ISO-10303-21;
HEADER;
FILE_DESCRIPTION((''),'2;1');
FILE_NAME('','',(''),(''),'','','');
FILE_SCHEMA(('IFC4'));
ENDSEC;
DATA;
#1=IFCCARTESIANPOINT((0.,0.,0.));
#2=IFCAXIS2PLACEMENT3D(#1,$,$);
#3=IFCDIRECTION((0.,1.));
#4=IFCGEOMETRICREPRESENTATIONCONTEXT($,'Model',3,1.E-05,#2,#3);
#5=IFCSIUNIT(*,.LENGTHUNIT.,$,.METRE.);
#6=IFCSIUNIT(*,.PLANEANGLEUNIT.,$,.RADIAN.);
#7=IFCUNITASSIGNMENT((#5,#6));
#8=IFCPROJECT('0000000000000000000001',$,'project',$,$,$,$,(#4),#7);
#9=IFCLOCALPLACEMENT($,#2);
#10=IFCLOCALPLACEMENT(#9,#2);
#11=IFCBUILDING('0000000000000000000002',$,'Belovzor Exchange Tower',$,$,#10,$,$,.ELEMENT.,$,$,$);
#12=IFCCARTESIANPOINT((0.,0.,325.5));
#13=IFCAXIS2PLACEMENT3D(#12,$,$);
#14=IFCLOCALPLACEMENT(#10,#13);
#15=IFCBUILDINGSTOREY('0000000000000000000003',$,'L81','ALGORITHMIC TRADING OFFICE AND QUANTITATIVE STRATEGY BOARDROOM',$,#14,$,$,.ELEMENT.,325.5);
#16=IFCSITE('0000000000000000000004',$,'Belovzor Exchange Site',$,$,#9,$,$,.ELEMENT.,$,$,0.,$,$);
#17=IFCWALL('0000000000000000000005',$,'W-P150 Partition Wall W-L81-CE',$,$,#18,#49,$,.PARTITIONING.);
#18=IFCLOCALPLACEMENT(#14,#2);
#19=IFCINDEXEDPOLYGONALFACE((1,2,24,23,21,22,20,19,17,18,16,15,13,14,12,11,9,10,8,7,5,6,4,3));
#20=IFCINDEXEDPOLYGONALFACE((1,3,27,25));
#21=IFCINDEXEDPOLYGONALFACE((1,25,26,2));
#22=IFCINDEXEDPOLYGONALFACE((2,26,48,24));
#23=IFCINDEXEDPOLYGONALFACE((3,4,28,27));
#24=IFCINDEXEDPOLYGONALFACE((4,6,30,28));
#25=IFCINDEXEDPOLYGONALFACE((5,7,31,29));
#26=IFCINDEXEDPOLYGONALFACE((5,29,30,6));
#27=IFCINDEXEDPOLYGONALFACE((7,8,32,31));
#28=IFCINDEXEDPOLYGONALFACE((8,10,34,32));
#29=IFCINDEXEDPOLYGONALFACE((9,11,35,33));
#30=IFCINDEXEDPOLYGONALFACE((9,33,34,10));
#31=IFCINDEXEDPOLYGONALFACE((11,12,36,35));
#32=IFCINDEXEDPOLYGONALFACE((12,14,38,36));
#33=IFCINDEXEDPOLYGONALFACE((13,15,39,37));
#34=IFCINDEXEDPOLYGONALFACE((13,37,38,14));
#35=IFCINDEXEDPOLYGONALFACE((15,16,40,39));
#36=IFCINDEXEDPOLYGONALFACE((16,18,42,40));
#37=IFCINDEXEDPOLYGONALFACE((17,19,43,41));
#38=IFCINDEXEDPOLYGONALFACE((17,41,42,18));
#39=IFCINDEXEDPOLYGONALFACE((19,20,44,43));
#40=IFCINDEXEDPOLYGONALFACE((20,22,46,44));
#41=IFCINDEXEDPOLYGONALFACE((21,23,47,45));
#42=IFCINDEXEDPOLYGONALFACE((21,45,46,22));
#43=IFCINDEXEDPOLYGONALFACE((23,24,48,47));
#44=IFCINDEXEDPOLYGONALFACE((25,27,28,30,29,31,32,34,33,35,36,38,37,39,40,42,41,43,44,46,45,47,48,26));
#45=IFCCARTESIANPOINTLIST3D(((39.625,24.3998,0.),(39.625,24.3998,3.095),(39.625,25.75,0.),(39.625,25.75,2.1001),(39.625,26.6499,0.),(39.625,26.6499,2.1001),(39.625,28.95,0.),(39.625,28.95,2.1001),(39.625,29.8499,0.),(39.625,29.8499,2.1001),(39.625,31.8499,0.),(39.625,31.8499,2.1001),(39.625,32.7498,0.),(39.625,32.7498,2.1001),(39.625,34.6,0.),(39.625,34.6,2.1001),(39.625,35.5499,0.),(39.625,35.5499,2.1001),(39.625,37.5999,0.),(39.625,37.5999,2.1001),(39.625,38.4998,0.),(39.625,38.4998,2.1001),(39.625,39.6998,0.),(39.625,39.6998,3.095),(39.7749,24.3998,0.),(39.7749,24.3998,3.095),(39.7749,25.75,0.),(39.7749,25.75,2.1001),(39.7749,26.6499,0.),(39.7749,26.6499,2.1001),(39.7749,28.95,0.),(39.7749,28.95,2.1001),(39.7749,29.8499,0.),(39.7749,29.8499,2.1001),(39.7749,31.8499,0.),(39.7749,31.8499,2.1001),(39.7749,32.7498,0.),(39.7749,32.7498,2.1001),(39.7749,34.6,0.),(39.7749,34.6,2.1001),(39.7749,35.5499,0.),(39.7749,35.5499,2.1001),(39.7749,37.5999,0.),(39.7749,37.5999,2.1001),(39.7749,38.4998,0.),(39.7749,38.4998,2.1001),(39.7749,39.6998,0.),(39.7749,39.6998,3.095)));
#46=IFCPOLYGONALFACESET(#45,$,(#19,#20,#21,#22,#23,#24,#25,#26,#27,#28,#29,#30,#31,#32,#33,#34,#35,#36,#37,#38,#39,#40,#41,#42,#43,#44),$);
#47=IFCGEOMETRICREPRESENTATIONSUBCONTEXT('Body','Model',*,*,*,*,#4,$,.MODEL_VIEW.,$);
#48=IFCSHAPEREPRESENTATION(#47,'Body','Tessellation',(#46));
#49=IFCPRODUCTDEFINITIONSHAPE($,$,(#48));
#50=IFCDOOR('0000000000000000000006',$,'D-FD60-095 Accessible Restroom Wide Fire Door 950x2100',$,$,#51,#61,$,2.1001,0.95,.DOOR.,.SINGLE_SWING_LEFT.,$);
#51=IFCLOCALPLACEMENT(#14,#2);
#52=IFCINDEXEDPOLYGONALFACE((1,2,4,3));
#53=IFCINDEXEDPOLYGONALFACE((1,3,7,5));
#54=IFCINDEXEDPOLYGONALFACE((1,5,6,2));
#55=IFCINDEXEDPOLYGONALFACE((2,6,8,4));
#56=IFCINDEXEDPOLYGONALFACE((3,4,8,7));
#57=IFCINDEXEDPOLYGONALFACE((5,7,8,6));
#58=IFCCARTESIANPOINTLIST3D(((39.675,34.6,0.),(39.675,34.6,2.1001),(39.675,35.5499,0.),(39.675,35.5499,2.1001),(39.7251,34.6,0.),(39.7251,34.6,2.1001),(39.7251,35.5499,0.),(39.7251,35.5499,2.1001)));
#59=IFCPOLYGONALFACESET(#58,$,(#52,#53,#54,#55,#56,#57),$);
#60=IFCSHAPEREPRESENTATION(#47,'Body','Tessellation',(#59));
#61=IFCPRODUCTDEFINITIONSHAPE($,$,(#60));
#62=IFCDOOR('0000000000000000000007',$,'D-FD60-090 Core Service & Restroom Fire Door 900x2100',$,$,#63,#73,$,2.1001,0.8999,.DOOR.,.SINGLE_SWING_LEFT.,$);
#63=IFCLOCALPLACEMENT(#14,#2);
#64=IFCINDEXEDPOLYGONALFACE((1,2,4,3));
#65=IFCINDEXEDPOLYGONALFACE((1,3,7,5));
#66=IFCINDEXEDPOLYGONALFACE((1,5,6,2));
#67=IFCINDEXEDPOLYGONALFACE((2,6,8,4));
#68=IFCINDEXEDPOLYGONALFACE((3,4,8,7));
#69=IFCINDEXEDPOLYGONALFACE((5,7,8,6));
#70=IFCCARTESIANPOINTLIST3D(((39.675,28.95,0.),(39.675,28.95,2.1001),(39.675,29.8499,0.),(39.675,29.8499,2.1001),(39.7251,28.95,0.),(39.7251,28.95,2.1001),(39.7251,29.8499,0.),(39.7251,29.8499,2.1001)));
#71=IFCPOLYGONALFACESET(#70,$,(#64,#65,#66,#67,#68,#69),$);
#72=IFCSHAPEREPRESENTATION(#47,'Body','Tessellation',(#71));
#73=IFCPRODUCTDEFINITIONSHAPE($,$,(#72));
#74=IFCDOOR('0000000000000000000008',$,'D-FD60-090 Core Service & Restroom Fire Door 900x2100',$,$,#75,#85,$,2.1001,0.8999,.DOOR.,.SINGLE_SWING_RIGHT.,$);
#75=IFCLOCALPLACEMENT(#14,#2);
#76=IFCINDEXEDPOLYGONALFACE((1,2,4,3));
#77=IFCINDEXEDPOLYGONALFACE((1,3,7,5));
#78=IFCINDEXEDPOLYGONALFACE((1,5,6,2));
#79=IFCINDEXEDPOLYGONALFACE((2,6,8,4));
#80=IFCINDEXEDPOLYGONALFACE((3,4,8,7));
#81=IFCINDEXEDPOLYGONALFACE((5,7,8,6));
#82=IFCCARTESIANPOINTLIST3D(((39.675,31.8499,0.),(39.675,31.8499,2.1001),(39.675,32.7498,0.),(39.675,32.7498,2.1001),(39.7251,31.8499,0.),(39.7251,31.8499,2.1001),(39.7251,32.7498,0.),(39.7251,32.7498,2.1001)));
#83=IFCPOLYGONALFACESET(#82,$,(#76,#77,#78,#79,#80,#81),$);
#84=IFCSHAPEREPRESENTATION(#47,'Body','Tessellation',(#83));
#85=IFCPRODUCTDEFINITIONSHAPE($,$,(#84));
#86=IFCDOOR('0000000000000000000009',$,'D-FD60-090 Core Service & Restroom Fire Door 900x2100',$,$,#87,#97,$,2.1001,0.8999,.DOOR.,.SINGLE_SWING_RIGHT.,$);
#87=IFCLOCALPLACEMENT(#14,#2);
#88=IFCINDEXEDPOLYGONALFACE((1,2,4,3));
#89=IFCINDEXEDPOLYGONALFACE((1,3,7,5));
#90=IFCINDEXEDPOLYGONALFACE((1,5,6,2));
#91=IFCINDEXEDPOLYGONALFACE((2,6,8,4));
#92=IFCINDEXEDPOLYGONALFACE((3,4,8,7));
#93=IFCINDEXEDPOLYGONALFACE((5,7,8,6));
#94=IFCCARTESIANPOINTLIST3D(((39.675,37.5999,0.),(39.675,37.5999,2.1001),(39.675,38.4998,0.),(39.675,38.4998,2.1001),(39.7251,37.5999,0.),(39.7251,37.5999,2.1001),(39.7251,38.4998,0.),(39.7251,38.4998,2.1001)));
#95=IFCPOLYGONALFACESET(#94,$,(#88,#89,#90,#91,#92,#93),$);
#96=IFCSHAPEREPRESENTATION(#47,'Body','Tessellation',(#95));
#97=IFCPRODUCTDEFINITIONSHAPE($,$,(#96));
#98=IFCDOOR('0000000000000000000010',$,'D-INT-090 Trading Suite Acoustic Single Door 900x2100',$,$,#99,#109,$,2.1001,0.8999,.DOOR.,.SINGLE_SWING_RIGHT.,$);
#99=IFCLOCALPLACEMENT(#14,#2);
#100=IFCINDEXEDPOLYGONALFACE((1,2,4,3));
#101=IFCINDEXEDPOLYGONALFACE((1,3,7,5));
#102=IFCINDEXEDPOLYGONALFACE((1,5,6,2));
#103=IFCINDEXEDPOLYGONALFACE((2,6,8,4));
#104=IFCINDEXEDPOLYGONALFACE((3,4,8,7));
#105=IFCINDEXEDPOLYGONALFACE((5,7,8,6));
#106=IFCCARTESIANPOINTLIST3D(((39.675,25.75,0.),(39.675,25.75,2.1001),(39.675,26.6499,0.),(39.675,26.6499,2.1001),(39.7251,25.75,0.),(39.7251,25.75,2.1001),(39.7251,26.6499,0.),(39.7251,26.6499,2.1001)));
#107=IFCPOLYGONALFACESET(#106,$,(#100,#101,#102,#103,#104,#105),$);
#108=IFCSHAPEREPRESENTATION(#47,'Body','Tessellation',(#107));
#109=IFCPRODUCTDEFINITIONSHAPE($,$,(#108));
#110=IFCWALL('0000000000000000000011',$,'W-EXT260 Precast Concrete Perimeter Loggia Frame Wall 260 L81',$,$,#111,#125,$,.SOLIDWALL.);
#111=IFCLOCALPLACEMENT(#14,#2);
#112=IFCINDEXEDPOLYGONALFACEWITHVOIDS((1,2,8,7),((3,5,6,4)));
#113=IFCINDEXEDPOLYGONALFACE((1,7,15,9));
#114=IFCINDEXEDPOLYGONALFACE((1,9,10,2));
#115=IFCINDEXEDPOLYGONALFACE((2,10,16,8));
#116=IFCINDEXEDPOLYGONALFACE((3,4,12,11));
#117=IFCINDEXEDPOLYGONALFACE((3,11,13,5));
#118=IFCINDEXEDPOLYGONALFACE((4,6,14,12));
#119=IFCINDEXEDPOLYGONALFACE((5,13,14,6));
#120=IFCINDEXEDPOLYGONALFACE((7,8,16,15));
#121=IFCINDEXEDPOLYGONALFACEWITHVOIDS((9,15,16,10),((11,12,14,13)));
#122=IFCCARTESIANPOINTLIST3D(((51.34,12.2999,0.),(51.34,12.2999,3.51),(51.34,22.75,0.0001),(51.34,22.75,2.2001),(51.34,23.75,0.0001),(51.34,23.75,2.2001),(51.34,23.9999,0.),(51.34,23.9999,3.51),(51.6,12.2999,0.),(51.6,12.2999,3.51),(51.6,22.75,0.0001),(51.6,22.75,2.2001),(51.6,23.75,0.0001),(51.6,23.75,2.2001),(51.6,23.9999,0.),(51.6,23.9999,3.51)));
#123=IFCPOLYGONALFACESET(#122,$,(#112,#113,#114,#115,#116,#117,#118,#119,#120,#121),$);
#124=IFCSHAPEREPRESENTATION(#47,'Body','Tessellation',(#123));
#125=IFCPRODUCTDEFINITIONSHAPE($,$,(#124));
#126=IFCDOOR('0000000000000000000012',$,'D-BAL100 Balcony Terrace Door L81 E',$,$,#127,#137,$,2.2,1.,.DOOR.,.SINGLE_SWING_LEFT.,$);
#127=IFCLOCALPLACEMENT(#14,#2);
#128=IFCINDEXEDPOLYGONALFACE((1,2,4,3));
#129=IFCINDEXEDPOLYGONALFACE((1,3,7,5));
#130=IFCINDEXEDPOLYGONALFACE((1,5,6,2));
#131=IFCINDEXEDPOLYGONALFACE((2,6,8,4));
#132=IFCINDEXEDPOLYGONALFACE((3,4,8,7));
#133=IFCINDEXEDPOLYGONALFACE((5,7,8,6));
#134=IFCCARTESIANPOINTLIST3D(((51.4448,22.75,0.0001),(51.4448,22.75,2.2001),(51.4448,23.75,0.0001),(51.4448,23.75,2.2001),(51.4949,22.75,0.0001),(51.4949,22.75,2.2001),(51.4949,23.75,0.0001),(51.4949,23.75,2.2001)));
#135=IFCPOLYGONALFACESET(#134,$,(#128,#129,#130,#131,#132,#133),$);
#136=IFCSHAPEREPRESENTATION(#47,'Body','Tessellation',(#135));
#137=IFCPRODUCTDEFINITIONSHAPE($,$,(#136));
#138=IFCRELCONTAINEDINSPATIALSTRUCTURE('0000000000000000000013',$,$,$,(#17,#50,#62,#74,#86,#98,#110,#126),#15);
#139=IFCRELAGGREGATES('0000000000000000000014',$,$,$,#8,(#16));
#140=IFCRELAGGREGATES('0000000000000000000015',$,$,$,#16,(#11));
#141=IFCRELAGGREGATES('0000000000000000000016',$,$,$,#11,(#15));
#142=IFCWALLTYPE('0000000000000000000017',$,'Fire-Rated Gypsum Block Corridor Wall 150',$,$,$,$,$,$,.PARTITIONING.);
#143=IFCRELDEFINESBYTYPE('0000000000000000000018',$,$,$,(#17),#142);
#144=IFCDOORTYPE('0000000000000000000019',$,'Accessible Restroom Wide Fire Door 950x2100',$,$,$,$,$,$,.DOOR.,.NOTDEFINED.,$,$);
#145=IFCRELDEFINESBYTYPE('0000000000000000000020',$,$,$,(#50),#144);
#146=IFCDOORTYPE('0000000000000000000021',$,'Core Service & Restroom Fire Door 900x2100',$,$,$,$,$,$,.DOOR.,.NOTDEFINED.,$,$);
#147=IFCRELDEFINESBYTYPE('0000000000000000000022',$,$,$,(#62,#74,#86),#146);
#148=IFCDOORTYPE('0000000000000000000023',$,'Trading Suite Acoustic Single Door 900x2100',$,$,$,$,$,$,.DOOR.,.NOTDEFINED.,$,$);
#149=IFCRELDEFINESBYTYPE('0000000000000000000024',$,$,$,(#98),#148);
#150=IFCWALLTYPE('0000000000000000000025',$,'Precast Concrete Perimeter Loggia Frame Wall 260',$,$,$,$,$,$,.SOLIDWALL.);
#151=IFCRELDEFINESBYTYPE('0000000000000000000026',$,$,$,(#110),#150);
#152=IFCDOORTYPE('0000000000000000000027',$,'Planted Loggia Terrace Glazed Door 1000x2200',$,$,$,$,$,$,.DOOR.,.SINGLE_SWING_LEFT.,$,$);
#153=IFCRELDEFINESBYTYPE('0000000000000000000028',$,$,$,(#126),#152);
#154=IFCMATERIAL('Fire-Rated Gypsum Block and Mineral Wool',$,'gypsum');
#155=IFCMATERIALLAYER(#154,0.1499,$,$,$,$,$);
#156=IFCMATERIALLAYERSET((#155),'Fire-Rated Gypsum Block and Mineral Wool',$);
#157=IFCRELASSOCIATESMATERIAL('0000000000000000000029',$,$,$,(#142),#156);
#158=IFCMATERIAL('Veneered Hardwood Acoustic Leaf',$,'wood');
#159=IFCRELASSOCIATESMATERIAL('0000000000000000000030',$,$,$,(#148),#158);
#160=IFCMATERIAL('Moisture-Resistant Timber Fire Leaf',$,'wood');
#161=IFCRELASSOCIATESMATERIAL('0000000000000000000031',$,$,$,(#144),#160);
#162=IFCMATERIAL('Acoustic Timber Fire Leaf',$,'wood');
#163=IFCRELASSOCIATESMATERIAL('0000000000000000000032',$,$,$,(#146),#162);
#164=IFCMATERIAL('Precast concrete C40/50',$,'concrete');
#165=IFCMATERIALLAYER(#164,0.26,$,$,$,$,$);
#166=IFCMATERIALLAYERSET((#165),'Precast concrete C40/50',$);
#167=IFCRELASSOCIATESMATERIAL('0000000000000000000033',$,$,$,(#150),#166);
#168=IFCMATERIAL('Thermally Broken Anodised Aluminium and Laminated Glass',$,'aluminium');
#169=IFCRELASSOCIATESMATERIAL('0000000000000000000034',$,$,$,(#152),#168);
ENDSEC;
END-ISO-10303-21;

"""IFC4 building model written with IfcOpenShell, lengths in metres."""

from ifc_helpers import new_model, si_unit, direction, frame, frame_2d, origin, place, context, subcontext, project, spatial, rectangle, extrude, material, layer, layer_set, type_object, element, fill, save


model = new_model("IFC4")

# Units and contexts
model_context = context("Model", 3, precision=1e-05, world=origin(), true_north=direction((0.0, 1.0)))
body_context = subcontext(model_context, "Body", "Model", "MODEL_VIEW")
ifc_project = project(units=[si_unit("LENGTHUNIT", "METRE"), si_unit("PLANEANGLEUNIT", "RADIAN")], contexts=[model_context])

# Site, building, storey
site_placement = place(None, origin())
site = spatial("IfcSite", under=ifc_project, at=site_placement, Name="Belovzor Exchange Site", CompositionType="ELEMENT", RefElevation=0.0)
building_placement = place(site_placement, origin())
building = spatial("IfcBuilding", under=site, at=building_placement, Name="Belovzor Exchange Tower", CompositionType="ELEMENT")
storey_placement = place(building_placement, frame((0.0, 0.0, 325.5)))
storey = spatial("IfcBuildingStorey", under=building, at=storey_placement, Name="L81", Description="ALGORITHMIC TRADING OFFICE AND QUANTITATIVE STRATEGY BOARDROOM", CompositionType="ELEMENT", Elevation=325.5)

# Shared definitions
ifc_material_1 = material(Name="Fire-Rated Gypsum Block and Mineral Wool", Category="gypsum")
ifc_layer_1 = layer(ifc_material_1, 0.1499)
ifc_layer_set_1 = layer_set([ifc_layer_1], Name="Fire-Rated Gypsum Block and Mineral Wool")
wall_type_1 = type_object("IfcWallType", Name="Fire-Rated Gypsum Block Corridor Wall 150", PredefinedType="PARTITIONING", material=ifc_layer_set_1)
ifc_material_2 = material(Name="Veneered Hardwood Acoustic Leaf", Category="wood")
door_type_1 = type_object("IfcDoorType", Name="Trading Suite Acoustic Single Door 900x2100", OperationType="NOTDEFINED", PredefinedType="DOOR", material=ifc_material_2)

# Wall, openings, doors
wall_1_placement = place(storey_placement, frame((39.7, 24.3999, 0.0), z_axis=(0.0, 0.0, 1.0), x_axis=(0.0, 1.0, 0.0)))
wall_1 = element("IfcWall", 1, at=wall_1_placement, inside=storey, type_object=wall_type_1, Name="W-P150 Partition Wall W-L81-CE", PredefinedType="PARTITIONING", context=body_context, shape_type="SweptSolid", body=[
    extrude(rectangle(XDim=15.3, YDim=0.1499, at=frame_2d((7.6499, 0.0))), origin(), (0.0, 0.0, 1.0), 3.095),
])
opening_1_placement = place(wall_1_placement, frame((1.3501, 0.0, 0.0)))
opening_1 = element("IfcOpeningElement", 2, at=opening_1_placement, cuts=wall_1, PredefinedType="OPENING", context=body_context, shape_type="SweptSolid", body=[
    extrude(rectangle(XDim=0.8999, YDim=2.1001, at=frame_2d((0.45, 1.05))), frame((0.0, 0.085, 0.0), z_axis=(0.0, -1.0, 0.0), x_axis=(1.0, 0.0, 0.0)), (0.0, 0.0, 1.0), 0.1699),
])
opening_2_placement = place(wall_1_placement, frame((4.55, 0.0, 0.0)))
opening_2 = element("IfcOpeningElement", 3, at=opening_2_placement, cuts=wall_1, PredefinedType="OPENING", context=body_context, shape_type="SweptSolid", body=[
    extrude(rectangle(XDim=0.8999, YDim=2.1001, at=frame_2d((0.45, 1.05))), frame((0.0, 0.085, 0.0), z_axis=(0.0, -1.0, 0.0), x_axis=(1.0, 0.0, 0.0)), (0.0, 0.0, 1.0), 0.1699),
])
opening_3_placement = place(wall_1_placement, frame((7.45, 0.0, 0.0)))
opening_3 = element("IfcOpeningElement", 4, at=opening_3_placement, cuts=wall_1, PredefinedType="OPENING", context=body_context, shape_type="SweptSolid", body=[
    extrude(rectangle(XDim=0.8999, YDim=2.1001, at=frame_2d((0.45, 1.05))), frame((0.0, 0.085, 0.0), z_axis=(0.0, -1.0, 0.0), x_axis=(1.0, 0.0, 0.0)), (0.0, 0.0, 1.0), 0.1699),
])
opening_4_placement = place(wall_1_placement, frame((10.2, 0.0, 0.0)))
opening_4 = element("IfcOpeningElement", 5, at=opening_4_placement, cuts=wall_1, PredefinedType="OPENING", context=body_context, shape_type="SweptSolid", body=[
    extrude(rectangle(XDim=0.95, YDim=2.1001, at=frame_2d((0.4751, 1.05))), frame((0.0, 0.085, 0.0), z_axis=(0.0, -1.0, 0.0), x_axis=(1.0, 0.0, 0.0)), (0.0, 0.0, 1.0), 0.1699),
])
opening_5_placement = place(wall_1_placement, frame((13.2, 0.0, 0.0)))
opening_5 = element("IfcOpeningElement", 6, at=opening_5_placement, cuts=wall_1, PredefinedType="OPENING", context=body_context, shape_type="SweptSolid", body=[
    extrude(rectangle(XDim=0.8999, YDim=2.1001, at=frame_2d((0.45, 1.05))), frame((0.0, 0.085, 0.0), z_axis=(0.0, -1.0, 0.0), x_axis=(1.0, 0.0, 0.0)), (0.0, 0.0, 1.0), 0.1699),
])
ifc_material_3 = material(Name="Moisture-Resistant Timber Fire Leaf", Category="wood")
door_type_2 = type_object("IfcDoorType", Name="Accessible Restroom Wide Fire Door 950x2100", OperationType="NOTDEFINED", PredefinedType="DOOR", material=ifc_material_3)
door_1_placement = place(opening_4_placement, origin())
door_1 = element("IfcDoor", 7, at=door_1_placement, inside=storey, type_object=door_type_2, Name="D-FD60-095 Accessible Restroom Wide Fire Door 950x2100", OperationType="SINGLE_SWING_LEFT", OverallHeight=2.1001, OverallWidth=0.95, PredefinedType="DOOR", context=body_context, shape_type="SweptSolid", body=[
    extrude(rectangle(XDim=0.95, YDim=2.1001, at=frame_2d((0.4751, 1.05))), frame((0.0, 0.0249, 0.0), z_axis=(0.0, -1.0, 0.0), x_axis=(1.0, 0.0, 0.0)), (0.0, 0.0, 1.0), 0.05),
])
fill(opening_4, door_1)
ifc_material_4 = material(Name="Acoustic Timber Fire Leaf", Category="wood")
door_type_3 = type_object("IfcDoorType", Name="Core Service & Restroom Fire Door 900x2100", OperationType="NOTDEFINED", PredefinedType="DOOR", material=ifc_material_4)
door_2_placement = place(opening_2_placement, origin())
door_2 = element("IfcDoor", 8, at=door_2_placement, inside=storey, type_object=door_type_3, Name="D-FD60-090 Core Service & Restroom Fire Door 900x2100", OperationType="SINGLE_SWING_LEFT", OverallHeight=2.1001, OverallWidth=0.8999, PredefinedType="DOOR", context=body_context, shape_type="SweptSolid", body=[
    extrude(rectangle(XDim=0.8999, YDim=2.1001, at=frame_2d((0.45, 1.05))), frame((0.0, 0.0249, 0.0), z_axis=(0.0, -1.0, 0.0), x_axis=(1.0, 0.0, 0.0)), (0.0, 0.0, 1.0), 0.05),
])
fill(opening_2, door_2)
door_3_placement = place(opening_3_placement, origin())
door_3 = element("IfcDoor", 9, at=door_3_placement, inside=storey, type_object=door_type_3, Name="D-FD60-090 Core Service & Restroom Fire Door 900x2100", OperationType="SINGLE_SWING_RIGHT", OverallHeight=2.1001, OverallWidth=0.8999, PredefinedType="DOOR", context=body_context, shape_type="SweptSolid", body=[
    extrude(rectangle(XDim=0.8999, YDim=2.1001, at=frame_2d((0.45, 1.05))), frame((0.0, 0.0249, 0.0), z_axis=(0.0, -1.0, 0.0), x_axis=(1.0, 0.0, 0.0)), (0.0, 0.0, 1.0), 0.05),
])
fill(opening_3, door_3)
door_4_placement = place(opening_5_placement, origin())
door_4 = element("IfcDoor", 10, at=door_4_placement, inside=storey, type_object=door_type_3, Name="D-FD60-090 Core Service & Restroom Fire Door 900x2100", OperationType="SINGLE_SWING_RIGHT", OverallHeight=2.1001, OverallWidth=0.8999, PredefinedType="DOOR", context=body_context, shape_type="SweptSolid", body=[
    extrude(rectangle(XDim=0.8999, YDim=2.1001, at=frame_2d((0.45, 1.05))), frame((0.0, 0.0249, 0.0), z_axis=(0.0, -1.0, 0.0), x_axis=(1.0, 0.0, 0.0)), (0.0, 0.0, 1.0), 0.05),
])
fill(opening_5, door_4)
door_5_placement = place(opening_1_placement, origin())
door_5 = element("IfcDoor", 11, at=door_5_placement, inside=storey, type_object=door_type_1, Name="D-INT-090 Trading Suite Acoustic Single Door 900x2100", OperationType="SINGLE_SWING_RIGHT", OverallHeight=2.1001, OverallWidth=0.8999, PredefinedType="DOOR", context=body_context, shape_type="SweptSolid", body=[
    extrude(rectangle(XDim=0.8999, YDim=2.1001, at=frame_2d((0.45, 1.05))), frame((0.0, 0.0249, 0.0), z_axis=(0.0, -1.0, 0.0), x_axis=(1.0, 0.0, 0.0)), (0.0, 0.0, 1.0), 0.05),
])
fill(opening_1, door_5)

# Wall, opening, door
ifc_material_5 = material(Name="Precast concrete C40/50", Category="concrete")
ifc_layer_2 = layer(ifc_material_5, 0.26)
ifc_layer_set_2 = layer_set([ifc_layer_2], Name="Precast concrete C40/50")
wall_type_2 = type_object("IfcWallType", Name="Precast Concrete Perimeter Loggia Frame Wall 260", PredefinedType="SOLIDWALL", material=ifc_layer_set_2)
wall_2_placement = place(storey_placement, frame((51.47, 24.0, 0.0), z_axis=(0.0, 0.0, 1.0), x_axis=(0.0, -1.0, 0.0)))
wall_2 = element("IfcWall", 12, at=wall_2_placement, inside=storey, type_object=wall_type_2, Name="W-EXT260 Precast Concrete Perimeter Loggia Frame Wall 260 L81", PredefinedType="SOLIDWALL", context=body_context, shape_type="SweptSolid", body=[
    extrude(rectangle(XDim=11.7, YDim=0.26, at=frame_2d((5.8501, 0.0))), origin(), (0.0, 0.0, 1.0), 3.51),
])
opening_6_placement = place(wall_2_placement, frame((0.25, 0.0, 0.0)))
opening_6 = element("IfcOpeningElement", 13, at=opening_6_placement, cuts=wall_2, PredefinedType="OPENING", context=body_context, shape_type="SweptSolid", body=[
    extrude(rectangle(XDim=1.0, YDim=2.2, at=frame_2d((0.5, 1.1001))), frame((0.0, 0.1399, 0.0), z_axis=(0.0, -1.0, 0.0), x_axis=(1.0, 0.0, 0.0)), (0.0, 0.0, 1.0), 0.28),
])
ifc_material_6 = material(Name="Thermally Broken Anodised Aluminium and Laminated Glass", Category="aluminium")
door_type_4 = type_object("IfcDoorType", Name="Planted Loggia Terrace Glazed Door 1000x2200", OperationType="SINGLE_SWING_LEFT", PredefinedType="DOOR", material=ifc_material_6)
door_6_placement = place(opening_6_placement, origin())
door_6 = element("IfcDoor", 14, at=door_6_placement, inside=storey, type_object=door_type_4, Name="D-BAL100 Balcony Terrace Door L81 E", OperationType="SINGLE_SWING_LEFT", OverallHeight=2.2, OverallWidth=1.0, PredefinedType="DOOR", context=body_context, shape_type="SweptSolid", body=[
    extrude(rectangle(XDim=1.0, YDim=2.2, at=frame_2d((0.5, 1.1001))), frame((0.0, 0.0249, 0.0), z_axis=(0.0, -1.0, 0.0), x_axis=(1.0, 0.0, 0.0)), (0.0, 0.0, 1.0), 0.05),
])
fill(opening_6, door_6)

save(model, "model.ifc")
